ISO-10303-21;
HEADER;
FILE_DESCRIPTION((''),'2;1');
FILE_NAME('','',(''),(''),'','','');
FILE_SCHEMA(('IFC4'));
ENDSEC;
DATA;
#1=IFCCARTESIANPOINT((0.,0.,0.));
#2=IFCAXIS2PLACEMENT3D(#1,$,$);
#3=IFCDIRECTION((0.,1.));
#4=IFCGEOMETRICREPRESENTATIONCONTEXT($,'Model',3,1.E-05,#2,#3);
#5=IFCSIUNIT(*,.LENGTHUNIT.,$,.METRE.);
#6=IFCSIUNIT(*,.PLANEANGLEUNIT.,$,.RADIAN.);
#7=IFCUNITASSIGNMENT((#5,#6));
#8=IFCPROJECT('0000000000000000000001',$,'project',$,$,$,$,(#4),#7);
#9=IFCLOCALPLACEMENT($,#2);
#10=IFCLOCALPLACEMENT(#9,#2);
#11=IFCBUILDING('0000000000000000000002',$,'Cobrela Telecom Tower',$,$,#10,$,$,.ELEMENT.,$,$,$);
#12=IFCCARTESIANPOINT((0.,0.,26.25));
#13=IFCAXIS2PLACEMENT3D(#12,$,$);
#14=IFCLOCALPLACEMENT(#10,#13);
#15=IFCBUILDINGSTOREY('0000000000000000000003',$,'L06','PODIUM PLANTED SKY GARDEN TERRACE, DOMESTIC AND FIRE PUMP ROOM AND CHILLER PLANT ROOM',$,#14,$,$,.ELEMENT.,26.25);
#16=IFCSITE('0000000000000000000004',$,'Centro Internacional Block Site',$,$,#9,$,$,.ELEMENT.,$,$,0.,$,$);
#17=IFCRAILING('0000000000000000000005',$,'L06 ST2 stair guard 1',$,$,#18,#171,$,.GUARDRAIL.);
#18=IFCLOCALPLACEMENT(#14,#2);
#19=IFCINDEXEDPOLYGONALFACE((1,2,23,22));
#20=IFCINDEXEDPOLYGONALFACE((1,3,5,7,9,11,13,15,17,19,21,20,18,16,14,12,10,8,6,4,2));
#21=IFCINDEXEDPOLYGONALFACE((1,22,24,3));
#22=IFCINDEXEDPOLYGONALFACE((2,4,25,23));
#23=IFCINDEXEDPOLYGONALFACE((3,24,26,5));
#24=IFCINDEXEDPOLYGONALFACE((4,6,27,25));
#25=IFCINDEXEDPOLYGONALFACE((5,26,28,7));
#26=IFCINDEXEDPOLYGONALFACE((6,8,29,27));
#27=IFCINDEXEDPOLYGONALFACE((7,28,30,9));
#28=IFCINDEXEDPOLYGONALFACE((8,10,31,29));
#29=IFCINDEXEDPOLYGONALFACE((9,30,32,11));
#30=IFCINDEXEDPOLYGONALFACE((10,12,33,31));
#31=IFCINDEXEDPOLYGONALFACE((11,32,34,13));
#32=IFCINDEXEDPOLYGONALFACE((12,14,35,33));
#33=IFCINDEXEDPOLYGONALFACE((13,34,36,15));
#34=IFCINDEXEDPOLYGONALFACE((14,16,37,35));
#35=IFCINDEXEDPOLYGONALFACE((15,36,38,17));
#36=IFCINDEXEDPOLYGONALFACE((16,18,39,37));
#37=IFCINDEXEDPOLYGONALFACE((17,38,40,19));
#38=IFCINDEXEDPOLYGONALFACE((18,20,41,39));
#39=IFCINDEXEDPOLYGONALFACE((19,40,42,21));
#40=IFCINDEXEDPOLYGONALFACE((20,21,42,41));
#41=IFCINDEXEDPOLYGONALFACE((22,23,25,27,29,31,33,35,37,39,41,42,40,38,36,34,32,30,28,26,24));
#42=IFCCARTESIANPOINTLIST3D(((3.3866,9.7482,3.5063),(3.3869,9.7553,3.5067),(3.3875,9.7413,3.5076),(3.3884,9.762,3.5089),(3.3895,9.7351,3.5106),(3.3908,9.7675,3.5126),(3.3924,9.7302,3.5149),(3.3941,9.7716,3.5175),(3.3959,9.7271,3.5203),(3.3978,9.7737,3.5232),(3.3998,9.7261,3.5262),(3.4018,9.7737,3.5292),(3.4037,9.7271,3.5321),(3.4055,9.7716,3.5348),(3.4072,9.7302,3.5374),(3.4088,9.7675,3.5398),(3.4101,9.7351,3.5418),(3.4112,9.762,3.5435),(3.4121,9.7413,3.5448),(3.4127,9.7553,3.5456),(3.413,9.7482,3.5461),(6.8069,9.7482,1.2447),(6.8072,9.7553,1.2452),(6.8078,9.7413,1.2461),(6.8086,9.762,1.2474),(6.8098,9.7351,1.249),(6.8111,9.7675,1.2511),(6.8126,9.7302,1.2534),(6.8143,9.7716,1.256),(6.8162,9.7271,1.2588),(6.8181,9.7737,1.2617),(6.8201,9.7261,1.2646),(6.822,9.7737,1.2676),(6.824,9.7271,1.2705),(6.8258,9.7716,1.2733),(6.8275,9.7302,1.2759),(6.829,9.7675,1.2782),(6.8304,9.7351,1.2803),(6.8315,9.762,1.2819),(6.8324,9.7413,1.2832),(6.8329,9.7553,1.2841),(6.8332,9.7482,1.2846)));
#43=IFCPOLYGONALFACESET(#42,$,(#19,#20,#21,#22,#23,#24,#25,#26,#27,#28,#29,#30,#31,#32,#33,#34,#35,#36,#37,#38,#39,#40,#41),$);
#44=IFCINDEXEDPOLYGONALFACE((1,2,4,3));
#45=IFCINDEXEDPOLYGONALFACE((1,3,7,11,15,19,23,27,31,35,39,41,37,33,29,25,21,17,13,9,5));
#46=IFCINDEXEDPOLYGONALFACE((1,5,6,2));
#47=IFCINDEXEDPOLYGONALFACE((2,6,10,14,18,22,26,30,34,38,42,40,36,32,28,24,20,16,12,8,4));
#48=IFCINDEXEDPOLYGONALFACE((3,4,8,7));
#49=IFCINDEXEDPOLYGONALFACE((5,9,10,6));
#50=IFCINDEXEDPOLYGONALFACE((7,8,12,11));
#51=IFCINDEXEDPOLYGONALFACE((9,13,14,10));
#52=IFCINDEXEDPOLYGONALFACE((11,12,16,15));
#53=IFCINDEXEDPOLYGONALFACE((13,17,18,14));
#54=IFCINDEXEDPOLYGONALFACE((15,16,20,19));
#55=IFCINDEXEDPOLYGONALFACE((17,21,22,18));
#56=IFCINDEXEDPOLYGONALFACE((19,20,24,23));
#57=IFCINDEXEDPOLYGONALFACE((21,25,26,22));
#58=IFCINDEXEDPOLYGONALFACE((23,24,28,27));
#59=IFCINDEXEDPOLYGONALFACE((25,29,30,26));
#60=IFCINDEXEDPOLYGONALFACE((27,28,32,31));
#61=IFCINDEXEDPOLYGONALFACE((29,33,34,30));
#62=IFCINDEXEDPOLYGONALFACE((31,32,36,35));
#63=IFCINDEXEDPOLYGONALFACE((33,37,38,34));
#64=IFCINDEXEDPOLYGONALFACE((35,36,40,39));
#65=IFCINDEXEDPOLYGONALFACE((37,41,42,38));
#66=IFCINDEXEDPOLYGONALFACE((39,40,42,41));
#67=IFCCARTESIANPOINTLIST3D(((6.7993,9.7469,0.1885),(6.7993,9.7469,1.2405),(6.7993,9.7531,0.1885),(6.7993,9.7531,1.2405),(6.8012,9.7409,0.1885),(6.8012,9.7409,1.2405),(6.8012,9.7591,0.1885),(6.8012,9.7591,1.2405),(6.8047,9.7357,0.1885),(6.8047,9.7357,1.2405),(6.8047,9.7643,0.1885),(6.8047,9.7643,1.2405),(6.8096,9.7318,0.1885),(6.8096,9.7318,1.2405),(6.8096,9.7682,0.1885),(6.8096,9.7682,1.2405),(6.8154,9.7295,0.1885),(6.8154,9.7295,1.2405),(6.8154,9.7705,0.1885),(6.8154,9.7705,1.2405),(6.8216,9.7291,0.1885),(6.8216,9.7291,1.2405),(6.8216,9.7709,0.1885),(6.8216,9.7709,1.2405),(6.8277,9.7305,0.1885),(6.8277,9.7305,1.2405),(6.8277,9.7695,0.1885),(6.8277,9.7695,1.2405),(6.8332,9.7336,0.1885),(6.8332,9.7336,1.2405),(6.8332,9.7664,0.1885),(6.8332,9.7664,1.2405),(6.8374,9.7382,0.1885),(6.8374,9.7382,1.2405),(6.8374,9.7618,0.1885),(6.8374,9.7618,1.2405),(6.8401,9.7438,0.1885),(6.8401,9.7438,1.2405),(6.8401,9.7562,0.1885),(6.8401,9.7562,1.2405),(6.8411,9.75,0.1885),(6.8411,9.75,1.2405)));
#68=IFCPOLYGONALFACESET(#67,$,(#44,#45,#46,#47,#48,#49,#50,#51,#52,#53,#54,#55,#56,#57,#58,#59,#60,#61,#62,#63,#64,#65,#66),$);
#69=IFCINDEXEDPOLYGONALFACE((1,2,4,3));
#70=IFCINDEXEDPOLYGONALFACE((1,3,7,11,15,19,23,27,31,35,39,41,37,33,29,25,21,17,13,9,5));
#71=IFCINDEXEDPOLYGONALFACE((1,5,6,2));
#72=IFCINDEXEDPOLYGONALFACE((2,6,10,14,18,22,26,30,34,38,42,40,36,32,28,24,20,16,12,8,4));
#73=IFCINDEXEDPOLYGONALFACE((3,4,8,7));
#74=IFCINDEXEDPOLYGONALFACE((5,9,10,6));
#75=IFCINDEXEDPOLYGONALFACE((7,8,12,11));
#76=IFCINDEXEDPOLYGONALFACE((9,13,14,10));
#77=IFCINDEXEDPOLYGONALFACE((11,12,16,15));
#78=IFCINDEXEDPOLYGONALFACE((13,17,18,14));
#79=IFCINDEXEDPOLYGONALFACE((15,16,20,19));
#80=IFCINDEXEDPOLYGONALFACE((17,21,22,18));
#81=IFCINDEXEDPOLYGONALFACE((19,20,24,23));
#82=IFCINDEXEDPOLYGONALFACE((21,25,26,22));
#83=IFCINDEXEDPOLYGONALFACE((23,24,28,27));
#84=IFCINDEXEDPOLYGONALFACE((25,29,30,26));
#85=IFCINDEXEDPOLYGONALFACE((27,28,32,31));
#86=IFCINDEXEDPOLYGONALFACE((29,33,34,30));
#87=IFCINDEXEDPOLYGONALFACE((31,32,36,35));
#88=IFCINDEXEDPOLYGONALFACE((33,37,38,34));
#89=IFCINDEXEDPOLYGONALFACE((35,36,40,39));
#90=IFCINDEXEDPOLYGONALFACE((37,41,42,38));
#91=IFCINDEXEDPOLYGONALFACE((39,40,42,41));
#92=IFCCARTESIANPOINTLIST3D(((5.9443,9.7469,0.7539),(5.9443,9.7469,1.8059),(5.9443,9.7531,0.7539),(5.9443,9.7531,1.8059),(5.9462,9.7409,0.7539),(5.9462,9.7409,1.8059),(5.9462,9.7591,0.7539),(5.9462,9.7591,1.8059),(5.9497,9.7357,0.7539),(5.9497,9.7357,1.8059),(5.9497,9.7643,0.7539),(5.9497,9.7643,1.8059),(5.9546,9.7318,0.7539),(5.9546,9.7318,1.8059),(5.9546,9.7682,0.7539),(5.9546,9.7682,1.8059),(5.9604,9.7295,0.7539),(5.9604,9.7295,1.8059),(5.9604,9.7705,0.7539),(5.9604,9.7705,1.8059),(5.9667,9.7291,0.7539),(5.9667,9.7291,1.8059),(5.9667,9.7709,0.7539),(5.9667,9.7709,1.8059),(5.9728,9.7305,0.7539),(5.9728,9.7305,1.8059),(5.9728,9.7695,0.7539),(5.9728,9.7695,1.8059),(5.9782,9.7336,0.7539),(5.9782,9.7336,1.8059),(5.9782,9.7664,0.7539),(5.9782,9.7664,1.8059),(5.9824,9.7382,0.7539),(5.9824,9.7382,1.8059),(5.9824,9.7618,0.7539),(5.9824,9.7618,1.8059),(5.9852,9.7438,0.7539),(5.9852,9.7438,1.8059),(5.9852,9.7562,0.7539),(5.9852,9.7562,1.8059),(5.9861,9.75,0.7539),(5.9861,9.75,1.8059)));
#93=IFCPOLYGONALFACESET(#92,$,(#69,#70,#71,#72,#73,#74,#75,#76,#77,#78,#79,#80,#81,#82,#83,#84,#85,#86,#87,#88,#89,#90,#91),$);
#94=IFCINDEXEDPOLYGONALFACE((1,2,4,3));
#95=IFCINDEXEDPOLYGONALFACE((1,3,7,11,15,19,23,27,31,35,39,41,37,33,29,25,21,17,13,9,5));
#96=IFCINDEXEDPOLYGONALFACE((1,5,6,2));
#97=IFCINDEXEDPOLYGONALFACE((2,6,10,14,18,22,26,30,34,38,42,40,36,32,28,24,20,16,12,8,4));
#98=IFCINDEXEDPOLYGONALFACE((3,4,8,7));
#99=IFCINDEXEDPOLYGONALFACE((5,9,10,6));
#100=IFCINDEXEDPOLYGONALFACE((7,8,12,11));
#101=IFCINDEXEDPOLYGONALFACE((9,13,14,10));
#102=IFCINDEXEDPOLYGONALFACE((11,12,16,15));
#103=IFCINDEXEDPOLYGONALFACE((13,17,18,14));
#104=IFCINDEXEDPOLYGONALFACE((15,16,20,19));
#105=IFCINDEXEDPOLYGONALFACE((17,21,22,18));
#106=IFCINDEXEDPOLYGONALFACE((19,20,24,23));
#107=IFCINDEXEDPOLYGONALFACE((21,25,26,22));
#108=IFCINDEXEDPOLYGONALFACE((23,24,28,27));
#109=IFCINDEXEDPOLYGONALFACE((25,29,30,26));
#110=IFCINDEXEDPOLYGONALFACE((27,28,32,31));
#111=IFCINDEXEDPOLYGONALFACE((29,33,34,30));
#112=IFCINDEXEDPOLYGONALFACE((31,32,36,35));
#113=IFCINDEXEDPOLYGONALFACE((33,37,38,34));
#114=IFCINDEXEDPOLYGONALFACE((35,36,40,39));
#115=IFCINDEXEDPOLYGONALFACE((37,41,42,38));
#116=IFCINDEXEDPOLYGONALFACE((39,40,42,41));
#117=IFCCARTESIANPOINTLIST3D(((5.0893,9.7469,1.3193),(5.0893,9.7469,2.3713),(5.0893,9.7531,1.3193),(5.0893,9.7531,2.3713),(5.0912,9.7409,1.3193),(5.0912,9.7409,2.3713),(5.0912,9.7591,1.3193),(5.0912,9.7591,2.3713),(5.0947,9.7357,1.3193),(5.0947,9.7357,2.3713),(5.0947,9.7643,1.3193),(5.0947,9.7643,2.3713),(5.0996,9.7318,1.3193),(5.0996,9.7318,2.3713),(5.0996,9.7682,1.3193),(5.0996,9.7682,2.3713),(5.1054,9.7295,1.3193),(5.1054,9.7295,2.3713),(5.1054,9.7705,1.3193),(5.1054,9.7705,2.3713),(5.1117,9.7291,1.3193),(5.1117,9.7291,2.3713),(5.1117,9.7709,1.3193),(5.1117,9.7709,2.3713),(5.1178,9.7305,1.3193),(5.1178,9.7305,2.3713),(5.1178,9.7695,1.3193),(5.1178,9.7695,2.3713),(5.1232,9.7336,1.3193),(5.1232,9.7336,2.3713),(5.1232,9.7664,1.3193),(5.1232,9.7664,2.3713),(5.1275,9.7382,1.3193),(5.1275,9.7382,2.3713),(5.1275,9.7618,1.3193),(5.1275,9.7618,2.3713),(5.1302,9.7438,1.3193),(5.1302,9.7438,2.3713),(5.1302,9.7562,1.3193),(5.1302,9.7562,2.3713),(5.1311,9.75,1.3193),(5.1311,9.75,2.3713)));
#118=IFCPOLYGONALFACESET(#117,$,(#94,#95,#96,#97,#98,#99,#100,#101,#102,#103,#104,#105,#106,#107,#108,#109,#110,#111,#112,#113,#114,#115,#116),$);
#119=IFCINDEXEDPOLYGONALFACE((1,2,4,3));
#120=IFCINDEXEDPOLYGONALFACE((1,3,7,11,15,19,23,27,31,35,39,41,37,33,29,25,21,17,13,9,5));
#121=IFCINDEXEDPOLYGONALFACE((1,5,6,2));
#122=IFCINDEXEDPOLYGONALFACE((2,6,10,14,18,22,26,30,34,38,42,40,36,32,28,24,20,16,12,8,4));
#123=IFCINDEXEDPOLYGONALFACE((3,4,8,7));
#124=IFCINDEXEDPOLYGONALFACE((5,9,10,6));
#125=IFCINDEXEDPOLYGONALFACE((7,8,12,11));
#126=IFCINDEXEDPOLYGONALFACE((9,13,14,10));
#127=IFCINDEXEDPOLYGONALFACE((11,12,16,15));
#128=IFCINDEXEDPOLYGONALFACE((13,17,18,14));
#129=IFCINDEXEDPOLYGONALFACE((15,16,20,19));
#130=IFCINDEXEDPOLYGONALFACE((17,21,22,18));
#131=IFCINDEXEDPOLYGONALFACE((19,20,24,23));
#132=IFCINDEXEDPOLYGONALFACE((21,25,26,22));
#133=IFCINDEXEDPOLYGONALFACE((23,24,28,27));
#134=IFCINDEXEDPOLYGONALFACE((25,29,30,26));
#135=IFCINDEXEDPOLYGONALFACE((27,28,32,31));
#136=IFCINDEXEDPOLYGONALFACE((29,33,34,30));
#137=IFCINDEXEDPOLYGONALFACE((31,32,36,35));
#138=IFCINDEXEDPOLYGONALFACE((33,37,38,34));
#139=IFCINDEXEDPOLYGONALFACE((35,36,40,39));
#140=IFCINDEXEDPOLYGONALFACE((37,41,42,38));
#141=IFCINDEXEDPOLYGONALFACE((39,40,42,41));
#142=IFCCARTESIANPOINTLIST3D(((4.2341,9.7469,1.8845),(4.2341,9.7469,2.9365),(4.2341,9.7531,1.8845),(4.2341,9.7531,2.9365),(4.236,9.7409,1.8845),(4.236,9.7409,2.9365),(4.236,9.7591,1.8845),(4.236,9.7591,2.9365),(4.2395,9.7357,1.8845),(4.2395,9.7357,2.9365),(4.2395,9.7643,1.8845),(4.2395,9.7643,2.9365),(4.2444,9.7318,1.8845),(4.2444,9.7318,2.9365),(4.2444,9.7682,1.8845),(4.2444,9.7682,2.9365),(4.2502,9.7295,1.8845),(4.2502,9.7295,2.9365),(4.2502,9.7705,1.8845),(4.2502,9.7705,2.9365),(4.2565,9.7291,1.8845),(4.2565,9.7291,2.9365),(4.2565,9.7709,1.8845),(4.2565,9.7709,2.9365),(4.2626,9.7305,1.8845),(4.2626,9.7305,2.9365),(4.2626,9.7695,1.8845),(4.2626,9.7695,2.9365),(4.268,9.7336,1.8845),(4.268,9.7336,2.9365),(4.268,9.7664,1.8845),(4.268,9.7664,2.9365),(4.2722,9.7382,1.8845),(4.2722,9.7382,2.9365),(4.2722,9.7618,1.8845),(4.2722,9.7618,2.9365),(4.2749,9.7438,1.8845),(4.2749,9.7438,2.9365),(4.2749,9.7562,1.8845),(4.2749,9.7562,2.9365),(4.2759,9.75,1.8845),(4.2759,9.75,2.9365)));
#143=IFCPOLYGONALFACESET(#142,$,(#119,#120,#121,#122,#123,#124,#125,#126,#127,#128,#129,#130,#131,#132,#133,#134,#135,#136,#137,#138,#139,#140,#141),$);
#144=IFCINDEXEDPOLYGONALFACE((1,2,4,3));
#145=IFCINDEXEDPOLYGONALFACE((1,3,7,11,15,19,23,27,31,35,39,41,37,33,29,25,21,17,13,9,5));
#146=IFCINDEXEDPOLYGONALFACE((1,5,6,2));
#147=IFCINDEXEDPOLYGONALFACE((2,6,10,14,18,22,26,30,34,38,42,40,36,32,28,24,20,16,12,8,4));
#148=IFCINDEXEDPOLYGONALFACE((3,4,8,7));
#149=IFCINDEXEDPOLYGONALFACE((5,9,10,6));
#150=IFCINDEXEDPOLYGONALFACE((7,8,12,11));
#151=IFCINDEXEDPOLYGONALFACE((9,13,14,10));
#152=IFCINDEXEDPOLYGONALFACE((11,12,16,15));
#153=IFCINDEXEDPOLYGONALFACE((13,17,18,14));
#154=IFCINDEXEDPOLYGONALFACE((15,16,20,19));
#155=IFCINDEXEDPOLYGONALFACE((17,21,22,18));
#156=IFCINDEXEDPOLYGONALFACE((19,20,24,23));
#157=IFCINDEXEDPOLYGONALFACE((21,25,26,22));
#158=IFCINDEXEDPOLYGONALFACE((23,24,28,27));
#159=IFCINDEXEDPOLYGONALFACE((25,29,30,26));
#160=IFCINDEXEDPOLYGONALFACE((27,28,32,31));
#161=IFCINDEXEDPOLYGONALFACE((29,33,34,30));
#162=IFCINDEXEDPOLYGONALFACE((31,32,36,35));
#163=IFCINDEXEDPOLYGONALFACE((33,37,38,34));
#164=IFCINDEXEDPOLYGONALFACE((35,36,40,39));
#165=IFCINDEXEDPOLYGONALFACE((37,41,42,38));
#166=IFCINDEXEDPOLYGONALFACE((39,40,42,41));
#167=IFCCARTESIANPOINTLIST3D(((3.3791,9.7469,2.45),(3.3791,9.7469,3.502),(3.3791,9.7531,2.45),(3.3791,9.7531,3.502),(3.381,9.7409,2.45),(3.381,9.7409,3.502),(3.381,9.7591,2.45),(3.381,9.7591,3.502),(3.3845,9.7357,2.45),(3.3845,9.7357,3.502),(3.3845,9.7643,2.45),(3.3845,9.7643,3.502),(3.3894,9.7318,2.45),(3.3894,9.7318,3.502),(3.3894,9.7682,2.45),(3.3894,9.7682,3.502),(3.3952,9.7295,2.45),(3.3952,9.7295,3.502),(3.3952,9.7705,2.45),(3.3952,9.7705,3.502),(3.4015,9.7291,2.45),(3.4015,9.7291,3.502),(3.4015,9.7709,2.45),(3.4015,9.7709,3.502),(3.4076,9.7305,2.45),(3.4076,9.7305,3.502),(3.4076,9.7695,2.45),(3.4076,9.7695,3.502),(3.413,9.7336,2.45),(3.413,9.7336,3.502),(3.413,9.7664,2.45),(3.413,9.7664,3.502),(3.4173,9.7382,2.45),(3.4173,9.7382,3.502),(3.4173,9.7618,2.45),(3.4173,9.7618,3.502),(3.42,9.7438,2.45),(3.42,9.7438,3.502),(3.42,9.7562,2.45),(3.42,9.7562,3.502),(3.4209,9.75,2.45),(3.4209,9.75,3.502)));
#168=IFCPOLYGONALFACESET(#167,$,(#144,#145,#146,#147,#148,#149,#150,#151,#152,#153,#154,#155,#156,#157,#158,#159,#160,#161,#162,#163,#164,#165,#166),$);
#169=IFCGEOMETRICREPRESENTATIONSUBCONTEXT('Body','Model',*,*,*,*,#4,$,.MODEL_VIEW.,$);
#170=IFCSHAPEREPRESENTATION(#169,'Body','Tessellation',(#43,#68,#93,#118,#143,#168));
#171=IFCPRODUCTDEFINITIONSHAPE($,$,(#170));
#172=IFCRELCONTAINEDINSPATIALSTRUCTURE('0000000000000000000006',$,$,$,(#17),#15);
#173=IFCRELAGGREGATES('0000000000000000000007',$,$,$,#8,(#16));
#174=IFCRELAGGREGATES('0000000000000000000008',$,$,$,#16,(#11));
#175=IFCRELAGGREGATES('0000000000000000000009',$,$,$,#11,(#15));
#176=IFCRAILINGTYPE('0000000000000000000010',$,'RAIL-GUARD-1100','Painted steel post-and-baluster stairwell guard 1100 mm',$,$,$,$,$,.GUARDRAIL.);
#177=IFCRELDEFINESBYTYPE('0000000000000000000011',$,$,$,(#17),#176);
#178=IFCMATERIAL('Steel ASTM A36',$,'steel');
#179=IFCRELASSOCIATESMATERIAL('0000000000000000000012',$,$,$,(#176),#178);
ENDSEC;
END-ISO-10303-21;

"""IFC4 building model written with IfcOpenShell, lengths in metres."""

from ifc_helpers import new_model, si_unit, direction, frame, origin, origin_2d, place, context, subcontext, project, spatial, circle, extrude, material, type_object, element, save


model = new_model("IFC4")

# Units and contexts
model_context = context("Model", 3, precision=1e-05, world=origin(), true_north=direction((0.0, 1.0)))
body_context = subcontext(model_context, "Body", "Model", "MODEL_VIEW")
ifc_project = project(units=[si_unit("LENGTHUNIT", "METRE"), si_unit("PLANEANGLEUNIT", "RADIAN")], contexts=[model_context])

# Site, building, storey
site_placement = place(None, origin())
site = spatial("IfcSite", under=ifc_project, at=site_placement, Name="Centro Internacional Block Site", CompositionType="ELEMENT", RefElevation=0.0)
building_placement = place(site_placement, origin())
building = spatial("IfcBuilding", under=site, at=building_placement, Name="Cobrela Telecom Tower", CompositionType="ELEMENT")
storey_placement = place(building_placement, frame((0.0, 0.0, 26.25)))
storey = spatial("IfcBuildingStorey", under=building, at=storey_placement, Name="L06", Description="PODIUM PLANTED SKY GARDEN TERRACE, DOMESTIC AND FIRE PUMP ROOM AND CHILLER PLANT ROOM", CompositionType="ELEMENT", Elevation=26.25)

# Shared definitions
ifc_material_1 = material(Name="Steel ASTM A36", Category="steel")

# Railing
railing_type_1 = type_object("IfcRailingType", Name="RAIL-GUARD-1100", Description="Painted steel post-and-baluster stairwell guard 1100 mm", PredefinedType="GUARDRAIL", material=ifc_material_1)
railing_1_placement = place(storey_placement, frame((6.8201, 9.75, 0.1885)))
element("IfcRailing", 1, at=railing_1_placement, inside=storey, type_object=railing_type_1, Name="L06 ST2 stair guard 1", PredefinedType="GUARDRAIL", context=body_context, shape_type="SweptSolid", body=[
    extrude(circle(Radius=0.0239, at=origin_2d()), frame((0.0, 0.0, 1.0762), z_axis=(-0.834142, 0.0, 0.55155), x_axis=(0.0, -1.0, 0.0)), (0.0, 0.0, 1.0), 4.1003),
    extrude(circle(Radius=0.021, at=origin_2d()), origin(), (0.0, 0.0, 1.0), 1.052),
    extrude(circle(Radius=0.021, at=origin_2d()), frame((-0.855, 0.0, 0.5654)), (0.0, 0.0, 1.0), 1.052),
    extrude(circle(Radius=0.021, at=origin_2d()), frame((-1.71, 0.0, 1.1309)), (0.0, 0.0, 1.0), 1.052),
    extrude(circle(Radius=0.021, at=origin_2d()), frame((-2.5652, 0.0, 1.696)), (0.0, 0.0, 1.0), 1.052),
    extrude(circle(Radius=0.021, at=origin_2d()), frame((-3.4202, 0.0, 2.2615)), (0.0, 0.0, 1.0), 1.052),
])

save(model, "model.ifc")
